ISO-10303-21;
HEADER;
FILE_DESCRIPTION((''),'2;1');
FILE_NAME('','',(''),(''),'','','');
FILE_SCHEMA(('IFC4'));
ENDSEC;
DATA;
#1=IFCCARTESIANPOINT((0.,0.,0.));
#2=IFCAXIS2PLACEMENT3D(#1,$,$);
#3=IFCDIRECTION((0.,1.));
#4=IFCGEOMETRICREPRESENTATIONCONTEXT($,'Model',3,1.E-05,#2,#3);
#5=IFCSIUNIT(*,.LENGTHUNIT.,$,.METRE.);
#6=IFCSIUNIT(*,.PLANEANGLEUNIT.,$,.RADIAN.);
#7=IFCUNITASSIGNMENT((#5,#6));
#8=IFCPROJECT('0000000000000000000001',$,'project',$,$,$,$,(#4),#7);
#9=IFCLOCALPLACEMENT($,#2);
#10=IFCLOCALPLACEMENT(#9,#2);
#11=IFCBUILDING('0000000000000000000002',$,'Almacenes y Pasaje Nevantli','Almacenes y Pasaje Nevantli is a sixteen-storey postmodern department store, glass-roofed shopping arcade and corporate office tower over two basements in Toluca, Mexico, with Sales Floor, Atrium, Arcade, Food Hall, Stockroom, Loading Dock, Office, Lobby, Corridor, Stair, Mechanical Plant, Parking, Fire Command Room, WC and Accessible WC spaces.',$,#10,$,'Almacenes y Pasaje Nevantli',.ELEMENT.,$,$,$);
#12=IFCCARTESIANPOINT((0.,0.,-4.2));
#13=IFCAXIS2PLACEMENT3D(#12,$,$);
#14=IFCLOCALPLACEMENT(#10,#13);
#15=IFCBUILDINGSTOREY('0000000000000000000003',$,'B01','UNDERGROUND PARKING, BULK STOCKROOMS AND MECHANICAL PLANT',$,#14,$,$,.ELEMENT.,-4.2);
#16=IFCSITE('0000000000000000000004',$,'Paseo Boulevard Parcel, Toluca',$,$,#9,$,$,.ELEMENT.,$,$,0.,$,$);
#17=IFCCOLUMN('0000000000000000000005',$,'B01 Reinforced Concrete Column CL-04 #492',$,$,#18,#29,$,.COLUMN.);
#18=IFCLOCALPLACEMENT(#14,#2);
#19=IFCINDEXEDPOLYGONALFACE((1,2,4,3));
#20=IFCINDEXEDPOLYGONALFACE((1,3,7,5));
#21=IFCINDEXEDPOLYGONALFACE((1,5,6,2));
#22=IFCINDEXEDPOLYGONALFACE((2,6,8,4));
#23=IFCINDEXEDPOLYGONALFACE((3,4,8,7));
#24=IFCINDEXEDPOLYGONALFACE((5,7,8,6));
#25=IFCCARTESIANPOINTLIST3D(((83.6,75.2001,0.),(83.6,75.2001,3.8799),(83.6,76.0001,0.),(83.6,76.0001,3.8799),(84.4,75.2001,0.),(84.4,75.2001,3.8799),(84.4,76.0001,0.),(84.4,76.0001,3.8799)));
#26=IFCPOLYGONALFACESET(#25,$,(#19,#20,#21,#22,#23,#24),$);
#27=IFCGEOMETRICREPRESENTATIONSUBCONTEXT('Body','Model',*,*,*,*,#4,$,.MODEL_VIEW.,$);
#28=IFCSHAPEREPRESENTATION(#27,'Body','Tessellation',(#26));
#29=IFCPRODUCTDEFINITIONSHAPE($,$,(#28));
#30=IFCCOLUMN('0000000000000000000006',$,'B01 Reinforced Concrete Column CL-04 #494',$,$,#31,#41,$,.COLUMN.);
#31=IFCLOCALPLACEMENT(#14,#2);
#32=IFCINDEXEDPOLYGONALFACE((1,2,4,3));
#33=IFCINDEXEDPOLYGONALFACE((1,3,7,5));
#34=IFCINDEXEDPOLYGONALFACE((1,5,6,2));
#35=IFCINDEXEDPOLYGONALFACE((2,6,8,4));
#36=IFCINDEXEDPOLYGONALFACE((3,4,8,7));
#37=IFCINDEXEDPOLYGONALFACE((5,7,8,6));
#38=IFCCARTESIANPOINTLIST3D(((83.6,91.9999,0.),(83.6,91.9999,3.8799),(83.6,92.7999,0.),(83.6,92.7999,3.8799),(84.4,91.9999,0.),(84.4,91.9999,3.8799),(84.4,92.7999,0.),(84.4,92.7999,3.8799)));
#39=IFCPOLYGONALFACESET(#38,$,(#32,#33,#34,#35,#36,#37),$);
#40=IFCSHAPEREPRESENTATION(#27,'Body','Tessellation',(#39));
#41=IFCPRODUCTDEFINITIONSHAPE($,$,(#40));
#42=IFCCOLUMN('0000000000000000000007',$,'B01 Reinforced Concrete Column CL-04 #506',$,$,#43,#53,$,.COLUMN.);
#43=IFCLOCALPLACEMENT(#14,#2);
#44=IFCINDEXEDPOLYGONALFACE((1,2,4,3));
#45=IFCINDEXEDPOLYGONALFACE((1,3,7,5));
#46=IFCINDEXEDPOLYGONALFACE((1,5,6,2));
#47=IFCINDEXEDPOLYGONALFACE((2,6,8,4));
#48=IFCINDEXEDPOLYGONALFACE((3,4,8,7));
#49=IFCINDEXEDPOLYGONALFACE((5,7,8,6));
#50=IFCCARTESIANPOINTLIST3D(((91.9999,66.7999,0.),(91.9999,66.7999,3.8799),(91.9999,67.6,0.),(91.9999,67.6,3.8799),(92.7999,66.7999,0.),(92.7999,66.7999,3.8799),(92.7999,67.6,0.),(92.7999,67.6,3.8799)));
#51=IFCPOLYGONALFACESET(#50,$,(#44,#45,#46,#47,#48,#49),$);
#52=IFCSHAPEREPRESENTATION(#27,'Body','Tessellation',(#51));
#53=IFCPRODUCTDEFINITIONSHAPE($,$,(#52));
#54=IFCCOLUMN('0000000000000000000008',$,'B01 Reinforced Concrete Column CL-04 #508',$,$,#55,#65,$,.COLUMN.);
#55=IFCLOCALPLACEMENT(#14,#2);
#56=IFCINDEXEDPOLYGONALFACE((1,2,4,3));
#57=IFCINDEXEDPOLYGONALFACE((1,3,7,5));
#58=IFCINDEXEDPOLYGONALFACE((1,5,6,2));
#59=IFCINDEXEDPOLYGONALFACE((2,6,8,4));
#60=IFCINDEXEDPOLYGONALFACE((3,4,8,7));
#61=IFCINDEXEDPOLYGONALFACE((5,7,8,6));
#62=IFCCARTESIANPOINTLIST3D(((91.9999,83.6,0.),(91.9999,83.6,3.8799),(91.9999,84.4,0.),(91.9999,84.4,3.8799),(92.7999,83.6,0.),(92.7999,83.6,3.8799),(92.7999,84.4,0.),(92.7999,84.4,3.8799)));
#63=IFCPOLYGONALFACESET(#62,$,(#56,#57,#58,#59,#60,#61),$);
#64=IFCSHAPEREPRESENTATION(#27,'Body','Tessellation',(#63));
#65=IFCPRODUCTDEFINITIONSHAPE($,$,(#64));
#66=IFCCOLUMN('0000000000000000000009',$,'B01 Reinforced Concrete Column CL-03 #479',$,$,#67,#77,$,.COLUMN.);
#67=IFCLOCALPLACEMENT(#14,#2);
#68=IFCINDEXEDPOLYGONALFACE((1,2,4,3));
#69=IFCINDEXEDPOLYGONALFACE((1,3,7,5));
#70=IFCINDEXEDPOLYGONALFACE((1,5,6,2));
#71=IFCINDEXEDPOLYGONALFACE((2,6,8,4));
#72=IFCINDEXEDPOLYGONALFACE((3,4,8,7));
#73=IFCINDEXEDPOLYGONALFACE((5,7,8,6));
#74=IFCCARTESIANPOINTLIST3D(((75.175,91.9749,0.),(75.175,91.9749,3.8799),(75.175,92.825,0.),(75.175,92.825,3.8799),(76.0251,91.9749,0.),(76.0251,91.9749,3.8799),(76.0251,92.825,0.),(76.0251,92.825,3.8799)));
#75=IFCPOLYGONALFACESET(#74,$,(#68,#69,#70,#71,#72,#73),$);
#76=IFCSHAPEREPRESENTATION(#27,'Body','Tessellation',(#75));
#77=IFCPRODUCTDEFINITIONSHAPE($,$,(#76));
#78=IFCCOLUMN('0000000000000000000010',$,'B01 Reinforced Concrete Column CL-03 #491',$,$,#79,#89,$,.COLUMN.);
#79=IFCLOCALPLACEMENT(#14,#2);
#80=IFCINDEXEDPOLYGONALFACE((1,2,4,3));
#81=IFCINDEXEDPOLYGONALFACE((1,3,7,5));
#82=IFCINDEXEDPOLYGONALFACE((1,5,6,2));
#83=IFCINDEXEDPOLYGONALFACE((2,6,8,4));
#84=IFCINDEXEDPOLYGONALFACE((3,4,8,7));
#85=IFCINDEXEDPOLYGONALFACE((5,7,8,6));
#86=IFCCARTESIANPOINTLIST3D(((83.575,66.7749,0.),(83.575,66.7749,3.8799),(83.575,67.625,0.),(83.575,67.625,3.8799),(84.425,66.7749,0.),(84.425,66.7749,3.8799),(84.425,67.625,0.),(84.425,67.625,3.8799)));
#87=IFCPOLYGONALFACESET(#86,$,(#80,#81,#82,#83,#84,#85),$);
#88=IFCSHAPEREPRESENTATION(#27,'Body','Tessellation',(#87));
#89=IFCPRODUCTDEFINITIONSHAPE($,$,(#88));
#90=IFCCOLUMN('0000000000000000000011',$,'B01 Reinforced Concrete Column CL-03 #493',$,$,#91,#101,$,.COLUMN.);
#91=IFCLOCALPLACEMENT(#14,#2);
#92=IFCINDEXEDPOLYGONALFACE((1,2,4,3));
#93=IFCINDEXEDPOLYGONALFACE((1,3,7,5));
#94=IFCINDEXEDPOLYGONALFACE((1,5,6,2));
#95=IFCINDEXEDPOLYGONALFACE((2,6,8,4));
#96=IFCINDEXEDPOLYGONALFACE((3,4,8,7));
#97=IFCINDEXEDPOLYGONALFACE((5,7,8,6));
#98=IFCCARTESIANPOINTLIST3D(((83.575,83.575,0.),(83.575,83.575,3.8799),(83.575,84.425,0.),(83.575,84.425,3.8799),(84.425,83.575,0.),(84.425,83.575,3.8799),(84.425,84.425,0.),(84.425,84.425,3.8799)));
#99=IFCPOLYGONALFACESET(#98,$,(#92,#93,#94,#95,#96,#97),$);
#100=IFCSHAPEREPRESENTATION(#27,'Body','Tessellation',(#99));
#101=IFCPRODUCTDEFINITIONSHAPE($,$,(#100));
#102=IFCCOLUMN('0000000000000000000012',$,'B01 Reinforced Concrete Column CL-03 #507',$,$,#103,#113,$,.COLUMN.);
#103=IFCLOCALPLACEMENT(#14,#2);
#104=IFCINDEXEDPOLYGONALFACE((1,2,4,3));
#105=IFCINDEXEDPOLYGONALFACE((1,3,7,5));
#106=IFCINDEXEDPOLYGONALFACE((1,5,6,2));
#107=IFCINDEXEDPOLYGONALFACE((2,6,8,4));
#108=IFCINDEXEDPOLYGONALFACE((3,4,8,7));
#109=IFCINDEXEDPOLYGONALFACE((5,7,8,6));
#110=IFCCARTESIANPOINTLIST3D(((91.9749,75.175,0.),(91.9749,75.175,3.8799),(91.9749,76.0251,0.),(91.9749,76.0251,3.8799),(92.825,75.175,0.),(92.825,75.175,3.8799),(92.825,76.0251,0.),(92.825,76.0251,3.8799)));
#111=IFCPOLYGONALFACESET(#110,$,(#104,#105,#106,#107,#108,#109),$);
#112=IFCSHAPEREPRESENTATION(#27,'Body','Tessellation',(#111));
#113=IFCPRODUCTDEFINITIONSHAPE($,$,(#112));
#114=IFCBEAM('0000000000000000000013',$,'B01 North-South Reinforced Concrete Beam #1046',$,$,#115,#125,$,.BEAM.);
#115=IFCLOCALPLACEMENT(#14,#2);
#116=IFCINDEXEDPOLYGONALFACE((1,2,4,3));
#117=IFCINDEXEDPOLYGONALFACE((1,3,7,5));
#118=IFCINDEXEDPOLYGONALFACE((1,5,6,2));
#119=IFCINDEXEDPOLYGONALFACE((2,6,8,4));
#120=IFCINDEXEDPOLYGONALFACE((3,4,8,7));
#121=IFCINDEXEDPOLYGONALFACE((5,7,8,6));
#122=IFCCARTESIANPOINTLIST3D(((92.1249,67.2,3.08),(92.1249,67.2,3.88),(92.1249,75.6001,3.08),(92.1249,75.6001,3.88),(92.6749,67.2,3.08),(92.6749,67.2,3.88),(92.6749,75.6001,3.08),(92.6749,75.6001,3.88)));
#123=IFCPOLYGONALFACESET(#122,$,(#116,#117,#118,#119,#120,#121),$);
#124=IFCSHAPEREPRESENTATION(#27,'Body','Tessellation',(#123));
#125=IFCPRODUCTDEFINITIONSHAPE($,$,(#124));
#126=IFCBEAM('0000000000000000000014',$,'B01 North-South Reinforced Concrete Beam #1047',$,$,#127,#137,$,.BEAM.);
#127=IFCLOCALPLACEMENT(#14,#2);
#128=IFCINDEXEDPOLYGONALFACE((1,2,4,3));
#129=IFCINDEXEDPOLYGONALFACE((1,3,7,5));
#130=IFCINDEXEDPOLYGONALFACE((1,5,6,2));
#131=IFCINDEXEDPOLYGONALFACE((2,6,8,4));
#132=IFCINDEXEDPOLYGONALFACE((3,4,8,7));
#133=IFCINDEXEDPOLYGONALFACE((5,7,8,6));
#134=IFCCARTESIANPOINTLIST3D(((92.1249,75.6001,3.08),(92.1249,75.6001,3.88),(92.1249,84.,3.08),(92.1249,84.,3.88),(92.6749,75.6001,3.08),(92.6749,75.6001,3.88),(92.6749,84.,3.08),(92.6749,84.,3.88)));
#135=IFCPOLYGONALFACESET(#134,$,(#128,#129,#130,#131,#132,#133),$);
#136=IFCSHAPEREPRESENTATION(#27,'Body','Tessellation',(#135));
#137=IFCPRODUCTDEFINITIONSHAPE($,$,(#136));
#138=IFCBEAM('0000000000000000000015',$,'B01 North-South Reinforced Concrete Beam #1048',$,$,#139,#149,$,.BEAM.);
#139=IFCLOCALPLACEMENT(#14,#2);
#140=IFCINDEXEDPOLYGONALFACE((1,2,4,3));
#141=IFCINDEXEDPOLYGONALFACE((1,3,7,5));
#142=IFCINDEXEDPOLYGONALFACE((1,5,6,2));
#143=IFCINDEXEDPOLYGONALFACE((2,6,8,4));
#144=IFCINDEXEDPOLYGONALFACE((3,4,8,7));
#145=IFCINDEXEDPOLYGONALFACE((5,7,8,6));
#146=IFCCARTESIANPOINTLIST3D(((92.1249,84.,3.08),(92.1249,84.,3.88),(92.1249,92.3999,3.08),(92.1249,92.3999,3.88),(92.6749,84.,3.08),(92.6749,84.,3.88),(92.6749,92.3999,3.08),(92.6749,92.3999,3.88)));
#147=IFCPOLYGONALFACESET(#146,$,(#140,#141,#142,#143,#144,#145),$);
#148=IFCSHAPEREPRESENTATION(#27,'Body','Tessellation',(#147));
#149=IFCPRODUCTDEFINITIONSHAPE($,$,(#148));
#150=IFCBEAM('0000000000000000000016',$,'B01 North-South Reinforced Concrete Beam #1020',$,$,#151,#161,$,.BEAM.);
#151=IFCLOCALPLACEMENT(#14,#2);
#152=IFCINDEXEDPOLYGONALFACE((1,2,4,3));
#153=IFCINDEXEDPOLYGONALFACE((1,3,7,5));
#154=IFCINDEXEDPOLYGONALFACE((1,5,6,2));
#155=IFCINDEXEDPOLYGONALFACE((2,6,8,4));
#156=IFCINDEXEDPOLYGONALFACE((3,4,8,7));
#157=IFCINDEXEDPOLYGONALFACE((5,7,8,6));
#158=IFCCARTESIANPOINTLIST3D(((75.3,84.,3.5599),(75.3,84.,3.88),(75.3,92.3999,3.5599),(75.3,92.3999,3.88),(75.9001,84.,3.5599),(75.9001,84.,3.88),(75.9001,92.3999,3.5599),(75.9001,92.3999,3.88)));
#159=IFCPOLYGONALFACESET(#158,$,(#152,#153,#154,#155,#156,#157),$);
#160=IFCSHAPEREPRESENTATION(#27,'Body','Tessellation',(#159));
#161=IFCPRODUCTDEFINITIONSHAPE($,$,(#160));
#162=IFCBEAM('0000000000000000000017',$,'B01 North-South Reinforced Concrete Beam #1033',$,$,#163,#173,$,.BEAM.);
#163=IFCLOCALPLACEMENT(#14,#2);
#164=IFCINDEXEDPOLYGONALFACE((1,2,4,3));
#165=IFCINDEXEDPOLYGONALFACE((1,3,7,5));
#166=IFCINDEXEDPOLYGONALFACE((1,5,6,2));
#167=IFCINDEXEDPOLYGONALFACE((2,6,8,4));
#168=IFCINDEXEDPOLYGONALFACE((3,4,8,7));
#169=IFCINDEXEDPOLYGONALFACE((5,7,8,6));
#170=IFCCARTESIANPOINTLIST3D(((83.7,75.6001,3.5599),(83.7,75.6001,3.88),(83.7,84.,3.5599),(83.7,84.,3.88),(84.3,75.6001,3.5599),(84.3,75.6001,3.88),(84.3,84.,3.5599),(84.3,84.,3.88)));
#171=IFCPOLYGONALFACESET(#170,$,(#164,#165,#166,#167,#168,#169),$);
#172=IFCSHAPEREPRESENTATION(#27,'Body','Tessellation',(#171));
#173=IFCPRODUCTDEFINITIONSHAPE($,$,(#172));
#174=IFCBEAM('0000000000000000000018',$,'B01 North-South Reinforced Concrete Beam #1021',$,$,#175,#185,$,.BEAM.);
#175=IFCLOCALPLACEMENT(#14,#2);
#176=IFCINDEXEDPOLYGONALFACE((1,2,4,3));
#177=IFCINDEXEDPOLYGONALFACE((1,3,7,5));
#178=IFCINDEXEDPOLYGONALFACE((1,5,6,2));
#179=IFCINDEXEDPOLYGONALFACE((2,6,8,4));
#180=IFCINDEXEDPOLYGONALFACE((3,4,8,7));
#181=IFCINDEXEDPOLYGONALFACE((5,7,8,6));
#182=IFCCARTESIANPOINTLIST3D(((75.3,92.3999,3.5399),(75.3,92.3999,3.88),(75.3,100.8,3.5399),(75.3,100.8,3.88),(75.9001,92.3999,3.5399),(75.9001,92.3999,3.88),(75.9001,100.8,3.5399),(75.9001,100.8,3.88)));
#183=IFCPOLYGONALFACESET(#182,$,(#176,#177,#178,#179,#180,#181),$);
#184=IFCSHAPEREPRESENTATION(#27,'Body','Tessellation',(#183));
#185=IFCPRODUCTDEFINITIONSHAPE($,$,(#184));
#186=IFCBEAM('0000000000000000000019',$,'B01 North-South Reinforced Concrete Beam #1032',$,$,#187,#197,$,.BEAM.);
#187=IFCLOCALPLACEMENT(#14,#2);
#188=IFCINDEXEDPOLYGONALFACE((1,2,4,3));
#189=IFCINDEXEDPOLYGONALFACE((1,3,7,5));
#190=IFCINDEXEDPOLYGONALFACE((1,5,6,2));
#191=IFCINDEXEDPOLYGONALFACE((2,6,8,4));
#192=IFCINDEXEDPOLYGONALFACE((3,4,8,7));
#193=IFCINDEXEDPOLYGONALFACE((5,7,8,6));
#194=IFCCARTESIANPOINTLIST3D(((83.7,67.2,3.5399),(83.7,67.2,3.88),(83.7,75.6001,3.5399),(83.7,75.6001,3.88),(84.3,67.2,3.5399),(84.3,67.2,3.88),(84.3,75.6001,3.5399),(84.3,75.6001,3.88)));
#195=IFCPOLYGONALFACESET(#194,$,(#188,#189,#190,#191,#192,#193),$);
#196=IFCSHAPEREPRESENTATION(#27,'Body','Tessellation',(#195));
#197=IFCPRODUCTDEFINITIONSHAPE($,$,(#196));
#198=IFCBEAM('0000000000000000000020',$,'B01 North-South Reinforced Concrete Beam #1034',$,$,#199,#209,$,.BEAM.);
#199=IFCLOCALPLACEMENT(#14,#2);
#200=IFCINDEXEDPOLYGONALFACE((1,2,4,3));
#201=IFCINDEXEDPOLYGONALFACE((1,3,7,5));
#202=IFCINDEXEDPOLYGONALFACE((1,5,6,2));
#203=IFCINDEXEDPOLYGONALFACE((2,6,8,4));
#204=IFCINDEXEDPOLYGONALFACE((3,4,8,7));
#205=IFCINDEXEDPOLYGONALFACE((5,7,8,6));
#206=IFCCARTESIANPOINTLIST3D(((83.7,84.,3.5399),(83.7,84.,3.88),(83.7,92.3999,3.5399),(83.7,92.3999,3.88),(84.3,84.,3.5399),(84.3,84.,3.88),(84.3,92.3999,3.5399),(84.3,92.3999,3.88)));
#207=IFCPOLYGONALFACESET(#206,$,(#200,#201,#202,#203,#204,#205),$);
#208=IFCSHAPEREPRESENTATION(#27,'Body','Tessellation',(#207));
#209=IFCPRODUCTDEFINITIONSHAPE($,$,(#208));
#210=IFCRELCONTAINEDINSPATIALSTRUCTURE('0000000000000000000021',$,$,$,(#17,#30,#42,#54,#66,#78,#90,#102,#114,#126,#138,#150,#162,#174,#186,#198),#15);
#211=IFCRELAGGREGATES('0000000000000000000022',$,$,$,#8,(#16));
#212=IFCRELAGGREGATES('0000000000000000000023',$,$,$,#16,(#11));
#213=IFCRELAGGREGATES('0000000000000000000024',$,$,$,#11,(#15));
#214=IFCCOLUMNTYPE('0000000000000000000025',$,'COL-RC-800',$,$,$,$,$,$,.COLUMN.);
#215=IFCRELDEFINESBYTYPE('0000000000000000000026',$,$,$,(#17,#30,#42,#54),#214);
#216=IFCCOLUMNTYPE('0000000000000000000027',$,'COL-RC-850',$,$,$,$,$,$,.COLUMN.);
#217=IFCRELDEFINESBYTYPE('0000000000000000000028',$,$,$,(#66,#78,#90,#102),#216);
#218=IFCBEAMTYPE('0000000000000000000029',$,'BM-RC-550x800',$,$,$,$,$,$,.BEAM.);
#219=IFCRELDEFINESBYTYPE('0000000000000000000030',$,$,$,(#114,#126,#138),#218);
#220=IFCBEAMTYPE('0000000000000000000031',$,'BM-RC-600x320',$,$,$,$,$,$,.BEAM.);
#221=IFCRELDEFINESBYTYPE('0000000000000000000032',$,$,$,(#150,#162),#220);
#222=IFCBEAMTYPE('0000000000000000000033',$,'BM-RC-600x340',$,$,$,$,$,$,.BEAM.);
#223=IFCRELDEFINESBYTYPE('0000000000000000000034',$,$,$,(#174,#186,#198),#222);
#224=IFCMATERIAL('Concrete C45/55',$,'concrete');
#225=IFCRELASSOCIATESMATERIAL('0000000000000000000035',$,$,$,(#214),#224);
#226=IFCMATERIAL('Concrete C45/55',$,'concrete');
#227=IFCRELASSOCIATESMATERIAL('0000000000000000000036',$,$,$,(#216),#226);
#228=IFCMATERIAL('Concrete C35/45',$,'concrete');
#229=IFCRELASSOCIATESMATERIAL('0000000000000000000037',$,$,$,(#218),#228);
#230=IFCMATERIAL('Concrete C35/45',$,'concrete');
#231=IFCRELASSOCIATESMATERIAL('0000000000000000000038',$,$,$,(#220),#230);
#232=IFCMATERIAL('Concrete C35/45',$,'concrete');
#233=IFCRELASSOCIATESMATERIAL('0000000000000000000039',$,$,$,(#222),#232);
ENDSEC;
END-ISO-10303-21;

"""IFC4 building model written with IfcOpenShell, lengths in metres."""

from ifc_helpers import new_model, si_unit, direction, frame, origin, origin_2d, place, context, subcontext, project, spatial, rectangle, extrude, material, material_profile, profile_set, type_object, element, save


model = new_model("IFC4")

# Units and contexts
model_context = context("Model", 3, precision=1e-05, world=origin(), true_north=direction((0.0, 1.0)))
body_context = subcontext(model_context, "Body", "Model", "MODEL_VIEW")
ifc_project = project(units=[si_unit("LENGTHUNIT", "METRE"), si_unit("PLANEANGLEUNIT", "RADIAN")], contexts=[model_context])

# Site, building, storey
site_placement = place(None, origin())
site = spatial("IfcSite", under=ifc_project, at=site_placement, Name="Paseo Boulevard Parcel, Toluca", CompositionType="ELEMENT", RefElevation=0.0)
building_placement = place(site_placement, origin())
building = spatial("IfcBuilding", under=site, at=building_placement, Name="Almacenes y Pasaje Nevantli", Description="Almacenes y Pasaje Nevantli is a sixteen-storey postmodern department store, glass-roofed shopping arcade and corporate office tower over two basements in Toluca, Mexico, with Sales Floor, Atrium, Arcade, Food Hall, Stockroom, Loading Dock, Office, Lobby, Corridor, Stair, Mechanical Plant, Parking, Fire Command Room, WC and Accessible WC spaces.", LongName="Almacenes y Pasaje Nevantli", CompositionType="ELEMENT")
storey_placement = place(building_placement, frame((0.0, 0.0, -4.2)))
storey = spatial("IfcBuildingStorey", under=building, at=storey_placement, Name="B01", Description="UNDERGROUND PARKING, BULK STOCKROOMS AND MECHANICAL PLANT", CompositionType="ELEMENT", Elevation=-4.2)

# Columns
ifc_material_1 = material(Name="Concrete C45/55", Category="concrete")
ifc_material_profile_1 = material_profile(ifc_material_1, rectangle(XDim=0.8, YDim=0.8, at=origin_2d()), Name="RC-COL-800x800")
ifc_profile_set_1 = profile_set([ifc_material_profile_1], Name="Concrete C45/55")
column_type_1 = type_object("IfcColumnType", Name="COL-RC-800", PredefinedType="COLUMN", material=ifc_profile_set_1)
for number, where, z_axis, x_axis, name in (
    (1, (84.0, 75.6001, 0.0), (0.0, 0.0, 1.0), (1.0, 0.0, 0.0), "B01 Reinforced Concrete Column CL-04 #492"),
    (2, (84.0, 92.3999, 0.0), (0.0, 0.0, 1.0), (1.0, 0.0, 0.0), "B01 Reinforced Concrete Column CL-04 #494"),
    (3, (92.3999, 67.2, 0.0), (0.0, 0.0, 1.0), (1.0, 0.0, 0.0), "B01 Reinforced Concrete Column CL-04 #506"),
    (4, (92.3999, 84.0, 0.0), (0.0, 0.0, 1.0), (1.0, 0.0, 0.0), "B01 Reinforced Concrete Column CL-04 #508"),
):
    element("IfcColumn", number, at=place(storey_placement, frame(where, z_axis=z_axis, x_axis=x_axis)), inside=storey, type_object=column_type_1, Name=name, PredefinedType="COLUMN", context=body_context, shape_type="SweptSolid", body=[
        extrude(rectangle(XDim=0.8, YDim=0.8, at=origin_2d()), origin(), (0.0, 0.0, 1.0), 3.8799),
    ])
ifc_material_2 = material(Name="Concrete C45/55", Category="concrete")
ifc_material_profile_2 = material_profile(ifc_material_2, rectangle(XDim=0.8501, YDim=0.8501, at=origin_2d()), Name="RC-COL-850x850")
ifc_profile_set_2 = profile_set([ifc_material_profile_2], Name="Concrete C45/55")
column_type_2 = type_object("IfcColumnType", Name="COL-RC-850", PredefinedType="COLUMN", material=ifc_profile_set_2)
for number, where, z_axis, x_axis, name in (
    (5, (75.6001, 92.3999, 0.0), (0.0, 0.0, 1.0), (1.0, 0.0, 0.0), "B01 Reinforced Concrete Column CL-03 #479"),
    (6, (84.0, 67.2, 0.0), (0.0, 0.0, 1.0), (1.0, 0.0, 0.0), "B01 Reinforced Concrete Column CL-03 #491"),
    (7, (84.0, 84.0, 0.0), (0.0, 0.0, 1.0), (1.0, 0.0, 0.0), "B01 Reinforced Concrete Column CL-03 #493"),
    (8, (92.3999, 75.6001, 0.0), (0.0, 0.0, 1.0), (1.0, 0.0, 0.0), "B01 Reinforced Concrete Column CL-03 #507"),
):
    element("IfcColumn", number, at=place(storey_placement, frame(where, z_axis=z_axis, x_axis=x_axis)), inside=storey, type_object=column_type_2, Name=name, PredefinedType="COLUMN", context=body_context, shape_type="SweptSolid", body=[
        extrude(rectangle(XDim=0.8501, YDim=0.8501, at=origin_2d()), origin(), (0.0, 0.0, 1.0), 3.8799),
    ])

# Beams
ifc_material_3 = material(Name="Concrete C35/45", Category="concrete")
ifc_material_profile_3 = material_profile(ifc_material_3, rectangle(XDim=0.55, YDim=0.8, at=origin_2d()), Name="RC-BM-550x800")
ifc_profile_set_3 = profile_set([ifc_material_profile_3], Name="Concrete C35/45")
beam_type_1 = type_object("IfcBeamType", Name="BM-RC-550x800", PredefinedType="BEAM", material=ifc_profile_set_3)
beam_1_placement = place(storey_placement, frame((92.3999, 67.2, 3.48), z_axis=(0.0, 1.0, 0.0), x_axis=(-1.0, 0.0, 0.0)))
element("IfcBeam", 9, at=beam_1_placement, inside=storey, type_object=beam_type_1, Name="B01 North-South Reinforced Concrete Beam #1046", PredefinedType="BEAM", context=body_context, shape_type="SweptSolid", body=[
    extrude(rectangle(XDim=0.55, YDim=0.8, at=origin_2d()), origin(), (0.0, 0.0, 1.0), 8.4001),
])
for number, where, z_axis, x_axis, name in (
    (10, (92.3999, 75.6001, 3.48), (0.0, 1.0, 0.0), (-1.0, 0.0, 0.0), "B01 North-South Reinforced Concrete Beam #1047"),
    (11, (92.3999, 84.0, 3.48), (0.0, 1.0, 0.0), (-1.0, 0.0, 0.0), "B01 North-South Reinforced Concrete Beam #1048"),
):
    element("IfcBeam", number, at=place(storey_placement, frame(where, z_axis=z_axis, x_axis=x_axis)), inside=storey, type_object=beam_type_1, Name=name, PredefinedType="BEAM", context=body_context, shape_type="SweptSolid", body=[
        extrude(rectangle(XDim=0.55, YDim=0.8, at=origin_2d()), origin(), (0.0, 0.0, 1.0), 8.3999),
    ])
ifc_material_4 = material(Name="Concrete C35/45", Category="concrete")
ifc_material_profile_4 = material_profile(ifc_material_4, rectangle(XDim=0.6001, YDim=0.3201, at=origin_2d()), Name="RC-BM-600x320")
ifc_profile_set_4 = profile_set([ifc_material_profile_4], Name="Concrete C35/45")
beam_type_2 = type_object("IfcBeamType", Name="BM-RC-600x320", PredefinedType="BEAM", material=ifc_profile_set_4)
for number, where, z_axis, x_axis, name in (
    (12, (75.6001, 84.0, 3.72), (0.0, 1.0, 0.0), (-1.0, 0.0, 0.0), "B01 North-South Reinforced Concrete Beam #1020"),
    (13, (84.0, 75.6001, 3.72), (0.0, 1.0, 0.0), (-1.0, 0.0, 0.0), "B01 North-South Reinforced Concrete Beam #1033"),
):
    element("IfcBeam", number, at=place(storey_placement, frame(where, z_axis=z_axis, x_axis=x_axis)), inside=storey, type_object=beam_type_2, Name=name, PredefinedType="BEAM", context=body_context, shape_type="SweptSolid", body=[
        extrude(rectangle(XDim=0.6001, YDim=0.3201, at=origin_2d()), origin(), (0.0, 0.0, 1.0), 8.3999),
    ])
ifc_material_5 = material(Name="Concrete C35/45", Category="concrete")
ifc_material_profile_5 = material_profile(ifc_material_5, rectangle(XDim=0.6001, YDim=0.3401, at=origin_2d()), Name="RC-BM-600x340")
ifc_profile_set_5 = profile_set([ifc_material_profile_5], Name="Concrete C35/45")
beam_type_3 = type_object("IfcBeamType", Name="BM-RC-600x340", PredefinedType="BEAM", material=ifc_profile_set_5)
for number, where, z_axis, x_axis, name in (
    (14, (75.6001, 92.3999, 3.71), (0.0, 1.0, 0.0), (-1.0, 0.0, 0.0), "B01 North-South Reinforced Concrete Beam #1021"),
    (15, (84.0, 67.2, 3.71), (0.0, 1.0, 0.0), (-1.0, 0.0, 0.0), "B01 North-South Reinforced Concrete Beam #1032"),
):
    element("IfcBeam", number, at=place(storey_placement, frame(where, z_axis=z_axis, x_axis=x_axis)), inside=storey, type_object=beam_type_3, Name=name, PredefinedType="BEAM", context=body_context, shape_type="SweptSolid", body=[
        extrude(rectangle(XDim=0.6001, YDim=0.3401, at=origin_2d()), origin(), (0.0, 0.0, 1.0), 8.4001),
    ])
beam_2_placement = place(storey_placement, frame((84.0, 84.0, 3.71), z_axis=(0.0, 1.0, 0.0), x_axis=(-1.0, 0.0, 0.0)))
element("IfcBeam", 16, at=beam_2_placement, inside=storey, type_object=beam_type_3, Name="B01 North-South Reinforced Concrete Beam #1034", PredefinedType="BEAM", context=body_context, shape_type="SweptSolid", body=[
    extrude(rectangle(XDim=0.6001, YDim=0.3401, at=origin_2d()), origin(), (0.0, 0.0, 1.0), 8.3999),
])

save(model, "model.ifc")
